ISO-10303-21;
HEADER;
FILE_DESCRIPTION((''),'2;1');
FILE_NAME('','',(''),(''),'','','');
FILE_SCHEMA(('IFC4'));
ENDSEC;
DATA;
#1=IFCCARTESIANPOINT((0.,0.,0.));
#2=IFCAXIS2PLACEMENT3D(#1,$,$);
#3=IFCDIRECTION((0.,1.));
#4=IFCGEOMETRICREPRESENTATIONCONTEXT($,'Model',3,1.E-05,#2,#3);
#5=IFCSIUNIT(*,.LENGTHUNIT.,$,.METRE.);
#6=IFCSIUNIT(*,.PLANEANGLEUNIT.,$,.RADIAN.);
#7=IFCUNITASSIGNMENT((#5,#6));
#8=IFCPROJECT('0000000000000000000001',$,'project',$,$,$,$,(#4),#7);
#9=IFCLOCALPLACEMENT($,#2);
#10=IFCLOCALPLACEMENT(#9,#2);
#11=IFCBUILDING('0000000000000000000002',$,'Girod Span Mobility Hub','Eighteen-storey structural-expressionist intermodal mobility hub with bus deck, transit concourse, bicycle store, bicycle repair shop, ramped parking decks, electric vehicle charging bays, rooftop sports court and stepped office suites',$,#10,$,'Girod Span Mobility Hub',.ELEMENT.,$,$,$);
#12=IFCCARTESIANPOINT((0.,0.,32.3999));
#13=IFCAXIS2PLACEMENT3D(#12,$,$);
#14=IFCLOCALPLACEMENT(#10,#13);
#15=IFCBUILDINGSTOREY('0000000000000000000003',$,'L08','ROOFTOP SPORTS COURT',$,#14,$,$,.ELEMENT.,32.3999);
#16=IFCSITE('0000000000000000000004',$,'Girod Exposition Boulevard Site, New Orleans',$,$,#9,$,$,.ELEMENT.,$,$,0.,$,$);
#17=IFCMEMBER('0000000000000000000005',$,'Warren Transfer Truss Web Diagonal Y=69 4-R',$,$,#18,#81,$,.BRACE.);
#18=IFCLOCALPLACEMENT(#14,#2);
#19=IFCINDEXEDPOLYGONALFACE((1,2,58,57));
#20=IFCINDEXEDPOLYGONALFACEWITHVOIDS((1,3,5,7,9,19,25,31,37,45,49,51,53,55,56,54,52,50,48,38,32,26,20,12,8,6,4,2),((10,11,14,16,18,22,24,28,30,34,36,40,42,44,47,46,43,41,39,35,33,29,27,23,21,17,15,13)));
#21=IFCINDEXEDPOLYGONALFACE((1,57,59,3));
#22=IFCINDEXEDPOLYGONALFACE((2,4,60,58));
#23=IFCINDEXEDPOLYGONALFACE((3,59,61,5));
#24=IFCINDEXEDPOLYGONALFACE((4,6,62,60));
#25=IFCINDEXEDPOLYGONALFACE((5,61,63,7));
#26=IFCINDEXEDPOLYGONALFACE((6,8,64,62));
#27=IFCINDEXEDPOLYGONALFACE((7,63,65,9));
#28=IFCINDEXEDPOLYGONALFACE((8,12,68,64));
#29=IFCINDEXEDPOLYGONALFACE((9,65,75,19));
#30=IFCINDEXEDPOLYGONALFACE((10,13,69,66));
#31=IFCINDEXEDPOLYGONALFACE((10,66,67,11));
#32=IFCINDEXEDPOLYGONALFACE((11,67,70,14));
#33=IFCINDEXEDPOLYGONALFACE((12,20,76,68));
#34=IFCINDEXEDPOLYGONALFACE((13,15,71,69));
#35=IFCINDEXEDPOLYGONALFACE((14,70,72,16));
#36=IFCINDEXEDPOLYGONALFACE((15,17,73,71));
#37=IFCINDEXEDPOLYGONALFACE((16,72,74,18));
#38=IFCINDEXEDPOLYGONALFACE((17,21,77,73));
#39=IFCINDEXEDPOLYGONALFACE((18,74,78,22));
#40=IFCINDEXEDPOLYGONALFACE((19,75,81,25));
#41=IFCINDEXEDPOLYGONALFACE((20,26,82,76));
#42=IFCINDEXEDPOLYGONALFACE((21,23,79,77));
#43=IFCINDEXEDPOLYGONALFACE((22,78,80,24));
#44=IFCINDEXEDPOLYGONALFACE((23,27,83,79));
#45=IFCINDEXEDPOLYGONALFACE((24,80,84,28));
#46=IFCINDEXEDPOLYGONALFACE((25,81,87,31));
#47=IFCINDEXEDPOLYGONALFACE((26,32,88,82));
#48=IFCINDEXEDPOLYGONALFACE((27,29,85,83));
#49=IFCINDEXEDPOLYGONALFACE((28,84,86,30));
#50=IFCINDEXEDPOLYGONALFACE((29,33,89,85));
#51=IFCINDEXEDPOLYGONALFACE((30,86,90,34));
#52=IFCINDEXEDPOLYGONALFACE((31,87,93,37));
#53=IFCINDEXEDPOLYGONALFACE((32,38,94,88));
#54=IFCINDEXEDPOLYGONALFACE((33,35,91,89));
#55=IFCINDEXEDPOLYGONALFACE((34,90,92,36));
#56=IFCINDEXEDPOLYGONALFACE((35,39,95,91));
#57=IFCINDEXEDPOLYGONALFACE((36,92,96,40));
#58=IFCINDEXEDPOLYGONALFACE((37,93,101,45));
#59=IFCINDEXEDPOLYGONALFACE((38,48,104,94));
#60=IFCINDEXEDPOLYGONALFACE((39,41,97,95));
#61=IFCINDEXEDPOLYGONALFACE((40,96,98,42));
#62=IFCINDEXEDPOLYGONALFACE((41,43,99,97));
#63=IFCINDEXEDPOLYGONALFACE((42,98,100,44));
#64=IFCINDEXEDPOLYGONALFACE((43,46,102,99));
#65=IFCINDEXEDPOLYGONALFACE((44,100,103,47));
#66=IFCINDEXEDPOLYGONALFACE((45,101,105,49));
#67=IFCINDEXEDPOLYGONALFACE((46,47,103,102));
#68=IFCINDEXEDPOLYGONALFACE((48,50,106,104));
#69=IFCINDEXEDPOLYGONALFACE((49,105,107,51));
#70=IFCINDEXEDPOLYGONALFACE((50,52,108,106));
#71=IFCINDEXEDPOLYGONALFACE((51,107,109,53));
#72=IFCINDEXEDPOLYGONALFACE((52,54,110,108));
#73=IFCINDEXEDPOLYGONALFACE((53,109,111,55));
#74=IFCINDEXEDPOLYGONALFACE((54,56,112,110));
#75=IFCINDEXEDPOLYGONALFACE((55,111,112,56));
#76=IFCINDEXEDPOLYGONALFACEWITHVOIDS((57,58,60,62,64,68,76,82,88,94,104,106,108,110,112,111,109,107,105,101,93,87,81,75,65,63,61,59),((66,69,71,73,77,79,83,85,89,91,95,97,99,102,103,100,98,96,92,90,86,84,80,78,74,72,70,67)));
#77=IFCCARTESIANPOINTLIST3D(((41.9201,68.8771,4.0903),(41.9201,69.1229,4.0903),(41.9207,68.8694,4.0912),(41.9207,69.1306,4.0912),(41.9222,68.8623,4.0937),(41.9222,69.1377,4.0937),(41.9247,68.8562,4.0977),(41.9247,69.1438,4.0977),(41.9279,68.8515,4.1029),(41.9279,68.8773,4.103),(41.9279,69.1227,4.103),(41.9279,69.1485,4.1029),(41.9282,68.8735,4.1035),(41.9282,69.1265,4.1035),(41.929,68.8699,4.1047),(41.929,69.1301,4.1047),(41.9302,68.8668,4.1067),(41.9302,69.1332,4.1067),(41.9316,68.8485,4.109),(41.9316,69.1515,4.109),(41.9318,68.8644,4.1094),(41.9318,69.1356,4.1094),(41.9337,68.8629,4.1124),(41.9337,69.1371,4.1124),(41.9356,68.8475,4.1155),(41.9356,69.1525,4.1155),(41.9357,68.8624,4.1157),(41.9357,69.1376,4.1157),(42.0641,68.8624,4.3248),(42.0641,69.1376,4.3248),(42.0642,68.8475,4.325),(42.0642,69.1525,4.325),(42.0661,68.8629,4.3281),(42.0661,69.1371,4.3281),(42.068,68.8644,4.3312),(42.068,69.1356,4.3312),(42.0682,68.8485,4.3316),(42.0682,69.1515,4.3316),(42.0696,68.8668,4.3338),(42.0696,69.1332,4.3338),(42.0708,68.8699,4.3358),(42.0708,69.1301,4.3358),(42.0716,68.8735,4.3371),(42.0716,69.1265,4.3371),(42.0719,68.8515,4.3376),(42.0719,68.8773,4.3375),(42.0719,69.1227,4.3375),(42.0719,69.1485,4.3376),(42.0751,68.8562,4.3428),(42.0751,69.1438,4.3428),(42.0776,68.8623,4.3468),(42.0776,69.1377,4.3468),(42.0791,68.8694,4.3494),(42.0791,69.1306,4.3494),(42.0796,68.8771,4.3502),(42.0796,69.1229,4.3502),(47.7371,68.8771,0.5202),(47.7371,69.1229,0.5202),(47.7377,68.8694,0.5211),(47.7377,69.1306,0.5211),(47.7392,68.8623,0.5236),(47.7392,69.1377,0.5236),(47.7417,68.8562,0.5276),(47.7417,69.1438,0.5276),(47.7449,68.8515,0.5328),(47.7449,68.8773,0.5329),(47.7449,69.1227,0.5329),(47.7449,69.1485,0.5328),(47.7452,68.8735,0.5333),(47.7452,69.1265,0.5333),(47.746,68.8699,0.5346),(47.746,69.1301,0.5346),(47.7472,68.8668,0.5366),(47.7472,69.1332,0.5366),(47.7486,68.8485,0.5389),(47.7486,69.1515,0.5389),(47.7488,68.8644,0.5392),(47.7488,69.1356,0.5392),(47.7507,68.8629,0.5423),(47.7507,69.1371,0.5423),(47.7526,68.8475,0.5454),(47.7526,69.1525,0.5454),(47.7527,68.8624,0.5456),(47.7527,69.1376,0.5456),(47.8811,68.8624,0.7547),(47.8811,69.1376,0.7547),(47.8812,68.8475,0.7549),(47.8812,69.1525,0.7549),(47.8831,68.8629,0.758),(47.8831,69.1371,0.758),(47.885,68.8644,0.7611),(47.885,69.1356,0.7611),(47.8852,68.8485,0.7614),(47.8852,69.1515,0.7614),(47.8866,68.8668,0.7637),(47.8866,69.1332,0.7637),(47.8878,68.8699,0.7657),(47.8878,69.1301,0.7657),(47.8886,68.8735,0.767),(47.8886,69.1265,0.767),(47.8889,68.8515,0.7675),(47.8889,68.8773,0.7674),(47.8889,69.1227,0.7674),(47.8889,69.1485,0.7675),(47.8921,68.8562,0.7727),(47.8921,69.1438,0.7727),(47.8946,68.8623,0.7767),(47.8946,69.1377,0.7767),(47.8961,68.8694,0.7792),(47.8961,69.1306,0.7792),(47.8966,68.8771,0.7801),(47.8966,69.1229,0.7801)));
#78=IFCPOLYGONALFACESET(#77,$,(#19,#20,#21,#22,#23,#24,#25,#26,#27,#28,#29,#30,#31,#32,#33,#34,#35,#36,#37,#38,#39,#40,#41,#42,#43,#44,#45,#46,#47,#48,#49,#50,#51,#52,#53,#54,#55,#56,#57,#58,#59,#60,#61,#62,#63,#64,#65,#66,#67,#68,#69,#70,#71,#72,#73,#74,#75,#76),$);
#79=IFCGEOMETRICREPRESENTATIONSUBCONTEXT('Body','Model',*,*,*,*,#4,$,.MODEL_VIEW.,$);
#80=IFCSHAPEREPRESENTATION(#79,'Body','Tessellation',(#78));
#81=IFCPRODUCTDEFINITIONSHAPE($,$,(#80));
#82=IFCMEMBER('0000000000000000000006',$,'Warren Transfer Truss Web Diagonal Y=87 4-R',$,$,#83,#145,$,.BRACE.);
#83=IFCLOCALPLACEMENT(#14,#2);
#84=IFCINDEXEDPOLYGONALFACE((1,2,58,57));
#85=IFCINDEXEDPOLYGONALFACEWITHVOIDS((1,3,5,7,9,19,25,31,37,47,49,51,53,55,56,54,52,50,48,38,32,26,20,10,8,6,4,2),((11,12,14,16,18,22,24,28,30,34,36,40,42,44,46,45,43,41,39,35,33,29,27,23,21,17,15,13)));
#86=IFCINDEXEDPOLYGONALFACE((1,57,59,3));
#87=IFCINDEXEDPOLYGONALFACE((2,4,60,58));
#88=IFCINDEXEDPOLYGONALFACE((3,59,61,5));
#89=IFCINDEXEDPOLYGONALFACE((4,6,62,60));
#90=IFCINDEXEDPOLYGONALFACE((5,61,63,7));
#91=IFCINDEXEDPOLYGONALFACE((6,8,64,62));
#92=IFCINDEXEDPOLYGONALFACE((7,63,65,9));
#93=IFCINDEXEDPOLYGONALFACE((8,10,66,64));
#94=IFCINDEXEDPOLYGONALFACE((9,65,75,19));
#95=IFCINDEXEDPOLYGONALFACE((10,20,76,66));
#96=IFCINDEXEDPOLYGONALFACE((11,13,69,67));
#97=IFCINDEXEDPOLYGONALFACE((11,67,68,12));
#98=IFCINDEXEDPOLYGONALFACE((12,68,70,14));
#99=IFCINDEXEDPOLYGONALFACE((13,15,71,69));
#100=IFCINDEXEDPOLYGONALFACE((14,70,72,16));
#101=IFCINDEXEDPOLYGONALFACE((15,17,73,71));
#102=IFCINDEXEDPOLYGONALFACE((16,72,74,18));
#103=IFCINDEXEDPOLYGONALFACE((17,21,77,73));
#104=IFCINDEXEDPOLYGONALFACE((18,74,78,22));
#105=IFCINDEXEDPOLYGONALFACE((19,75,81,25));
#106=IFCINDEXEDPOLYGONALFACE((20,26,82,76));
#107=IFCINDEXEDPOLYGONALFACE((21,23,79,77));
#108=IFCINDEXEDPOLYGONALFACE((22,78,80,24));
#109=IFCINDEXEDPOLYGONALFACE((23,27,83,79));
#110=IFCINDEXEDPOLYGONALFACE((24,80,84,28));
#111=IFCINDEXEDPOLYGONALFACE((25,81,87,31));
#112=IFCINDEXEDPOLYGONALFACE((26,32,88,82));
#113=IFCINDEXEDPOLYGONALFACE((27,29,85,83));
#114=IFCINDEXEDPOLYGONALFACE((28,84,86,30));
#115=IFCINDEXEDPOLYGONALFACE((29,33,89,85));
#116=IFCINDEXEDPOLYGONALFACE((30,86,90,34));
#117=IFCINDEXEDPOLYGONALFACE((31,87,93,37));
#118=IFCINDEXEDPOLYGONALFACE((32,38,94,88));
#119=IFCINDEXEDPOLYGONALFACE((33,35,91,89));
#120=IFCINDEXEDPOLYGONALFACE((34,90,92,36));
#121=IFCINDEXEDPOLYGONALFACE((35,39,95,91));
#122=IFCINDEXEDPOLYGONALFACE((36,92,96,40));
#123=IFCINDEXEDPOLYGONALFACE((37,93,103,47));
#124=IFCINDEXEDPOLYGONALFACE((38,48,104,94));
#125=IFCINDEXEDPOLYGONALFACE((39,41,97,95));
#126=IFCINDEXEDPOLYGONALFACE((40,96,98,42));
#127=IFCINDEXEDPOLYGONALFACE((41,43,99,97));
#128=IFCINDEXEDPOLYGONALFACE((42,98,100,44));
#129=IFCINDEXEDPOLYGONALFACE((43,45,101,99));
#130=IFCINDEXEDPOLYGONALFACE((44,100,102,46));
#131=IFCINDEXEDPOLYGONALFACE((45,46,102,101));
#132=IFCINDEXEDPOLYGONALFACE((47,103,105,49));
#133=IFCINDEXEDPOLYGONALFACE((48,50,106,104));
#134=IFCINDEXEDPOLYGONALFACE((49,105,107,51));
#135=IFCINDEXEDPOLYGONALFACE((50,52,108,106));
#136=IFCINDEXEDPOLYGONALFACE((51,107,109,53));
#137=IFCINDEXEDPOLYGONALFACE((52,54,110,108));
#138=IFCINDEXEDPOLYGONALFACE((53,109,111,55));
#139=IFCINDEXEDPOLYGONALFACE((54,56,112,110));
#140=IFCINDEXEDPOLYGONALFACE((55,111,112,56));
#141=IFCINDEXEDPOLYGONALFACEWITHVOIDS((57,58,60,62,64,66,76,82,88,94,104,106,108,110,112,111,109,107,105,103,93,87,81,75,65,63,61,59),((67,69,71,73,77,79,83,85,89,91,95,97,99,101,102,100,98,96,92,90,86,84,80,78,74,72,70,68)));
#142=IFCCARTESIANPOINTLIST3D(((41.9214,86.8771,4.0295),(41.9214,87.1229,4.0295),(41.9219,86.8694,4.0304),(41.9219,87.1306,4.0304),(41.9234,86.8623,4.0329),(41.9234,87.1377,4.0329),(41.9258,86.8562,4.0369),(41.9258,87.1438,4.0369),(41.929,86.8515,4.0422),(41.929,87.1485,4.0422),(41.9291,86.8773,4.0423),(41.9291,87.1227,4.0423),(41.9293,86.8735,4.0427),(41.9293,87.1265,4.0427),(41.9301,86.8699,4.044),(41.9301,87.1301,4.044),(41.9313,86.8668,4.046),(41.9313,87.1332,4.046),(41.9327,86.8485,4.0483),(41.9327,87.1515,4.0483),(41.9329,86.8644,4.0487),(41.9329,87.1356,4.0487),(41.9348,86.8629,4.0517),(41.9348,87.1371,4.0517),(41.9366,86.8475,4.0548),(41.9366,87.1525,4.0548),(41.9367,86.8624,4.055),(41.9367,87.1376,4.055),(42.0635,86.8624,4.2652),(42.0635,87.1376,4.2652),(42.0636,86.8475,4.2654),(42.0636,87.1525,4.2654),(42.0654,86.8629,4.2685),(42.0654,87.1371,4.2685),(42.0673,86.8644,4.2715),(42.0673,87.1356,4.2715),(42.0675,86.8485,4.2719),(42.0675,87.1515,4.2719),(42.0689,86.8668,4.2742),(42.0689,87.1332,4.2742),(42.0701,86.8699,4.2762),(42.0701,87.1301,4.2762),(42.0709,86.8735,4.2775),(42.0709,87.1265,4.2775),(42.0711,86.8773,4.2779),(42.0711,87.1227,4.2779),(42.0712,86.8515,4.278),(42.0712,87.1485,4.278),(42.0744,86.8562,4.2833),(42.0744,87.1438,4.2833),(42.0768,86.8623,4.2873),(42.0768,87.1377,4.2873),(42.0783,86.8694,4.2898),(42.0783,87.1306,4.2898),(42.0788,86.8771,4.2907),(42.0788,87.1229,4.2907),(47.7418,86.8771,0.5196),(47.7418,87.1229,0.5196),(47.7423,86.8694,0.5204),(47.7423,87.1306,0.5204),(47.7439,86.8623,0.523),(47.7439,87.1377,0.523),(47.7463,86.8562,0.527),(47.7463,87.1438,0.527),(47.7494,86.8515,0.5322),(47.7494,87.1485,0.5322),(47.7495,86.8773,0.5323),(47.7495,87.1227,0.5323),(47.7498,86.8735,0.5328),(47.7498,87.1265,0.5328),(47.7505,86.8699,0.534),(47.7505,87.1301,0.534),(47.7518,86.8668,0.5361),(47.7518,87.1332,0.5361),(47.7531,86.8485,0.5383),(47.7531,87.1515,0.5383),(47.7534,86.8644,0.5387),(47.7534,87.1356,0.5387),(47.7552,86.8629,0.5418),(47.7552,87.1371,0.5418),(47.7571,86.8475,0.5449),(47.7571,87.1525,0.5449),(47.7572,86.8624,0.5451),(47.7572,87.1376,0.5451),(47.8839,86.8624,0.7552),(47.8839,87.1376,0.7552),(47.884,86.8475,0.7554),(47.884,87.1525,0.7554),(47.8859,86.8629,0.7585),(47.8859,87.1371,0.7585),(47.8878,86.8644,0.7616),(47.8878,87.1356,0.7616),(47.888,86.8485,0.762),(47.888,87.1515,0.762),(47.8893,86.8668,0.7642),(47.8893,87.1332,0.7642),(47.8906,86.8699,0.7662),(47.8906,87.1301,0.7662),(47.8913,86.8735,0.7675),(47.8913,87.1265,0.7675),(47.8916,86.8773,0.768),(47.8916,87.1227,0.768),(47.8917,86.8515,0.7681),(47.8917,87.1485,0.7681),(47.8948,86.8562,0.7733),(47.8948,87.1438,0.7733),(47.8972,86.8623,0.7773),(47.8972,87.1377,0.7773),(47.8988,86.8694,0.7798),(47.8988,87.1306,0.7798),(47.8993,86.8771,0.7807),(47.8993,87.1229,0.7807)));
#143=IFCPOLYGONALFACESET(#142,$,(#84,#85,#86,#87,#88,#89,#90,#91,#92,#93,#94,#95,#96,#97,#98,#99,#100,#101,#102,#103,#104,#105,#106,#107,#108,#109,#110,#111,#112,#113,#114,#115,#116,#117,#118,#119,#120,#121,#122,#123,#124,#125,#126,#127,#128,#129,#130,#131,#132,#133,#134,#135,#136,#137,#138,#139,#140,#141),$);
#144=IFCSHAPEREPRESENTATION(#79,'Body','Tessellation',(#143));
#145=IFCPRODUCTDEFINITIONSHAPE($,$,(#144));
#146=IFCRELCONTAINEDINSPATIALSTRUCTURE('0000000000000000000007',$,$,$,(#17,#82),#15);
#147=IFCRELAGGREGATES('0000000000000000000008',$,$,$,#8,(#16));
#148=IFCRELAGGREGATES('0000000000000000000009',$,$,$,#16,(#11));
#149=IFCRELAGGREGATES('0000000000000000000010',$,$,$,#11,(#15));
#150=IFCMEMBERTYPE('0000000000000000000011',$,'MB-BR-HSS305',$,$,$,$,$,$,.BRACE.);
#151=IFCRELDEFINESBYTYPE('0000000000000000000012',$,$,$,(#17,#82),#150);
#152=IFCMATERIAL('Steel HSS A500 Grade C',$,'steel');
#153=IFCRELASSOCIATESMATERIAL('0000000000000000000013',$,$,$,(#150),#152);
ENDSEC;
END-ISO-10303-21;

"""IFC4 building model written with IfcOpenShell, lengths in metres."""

from ifc_helpers import new_model, si_unit, direction, frame, origin, origin_2d, place, context, subcontext, project, spatial, hollow_rectangle, extrude, material, material_profile, profile_set, type_object, element, save


model = new_model("IFC4")

# Units and contexts
model_context = context("Model", 3, precision=1e-05, world=origin(), true_north=direction((0.0, 1.0)))
body_context = subcontext(model_context, "Body", "Model", "MODEL_VIEW")
ifc_project = project(units=[si_unit("LENGTHUNIT", "METRE"), si_unit("PLANEANGLEUNIT", "RADIAN")], contexts=[model_context])

# Site, building, storey
site_placement = place(None, origin())
site = spatial("IfcSite", under=ifc_project, at=site_placement, Name="Girod Exposition Boulevard Site, New Orleans", CompositionType="ELEMENT", RefElevation=0.0)
building_placement = place(site_placement, origin())
building = spatial("IfcBuilding", under=site, at=building_placement, Name="Girod Span Mobility Hub", Description="Eighteen-storey structural-expressionist intermodal mobility hub with bus deck, transit concourse, bicycle store, bicycle repair shop, ramped parking decks, electric vehicle charging bays, rooftop sports court and stepped office suites", LongName="Girod Span Mobility Hub", CompositionType="ELEMENT")
storey_placement = place(building_placement, frame((0.0, 0.0, 32.3999)))
storey = spatial("IfcBuildingStorey", under=building, at=storey_placement, Name="L08", Description="ROOFTOP SPORTS COURT", CompositionType="ELEMENT", Elevation=32.3999)

# Members
ifc_material_1 = material(Name="Steel HSS A500 Grade C", Category="steel")
ifc_material_profile_1 = material_profile(ifc_material_1, hollow_rectangle(XDim=0.3049, YDim=0.3049, WallThickness=0.0149, InnerFilletRadius=0.0149, OuterFilletRadius=0.0295, at=origin_2d()), Name="HSS305X305X16")
ifc_profile_set_1 = profile_set([ifc_material_profile_1], Name="Steel HSS A500 Grade C")
member_type_1 = type_object("IfcMemberType", Name="MB-BR-HSS305", PredefinedType="BRACE", material=ifc_profile_set_1)
member_1_placement = place(storey_placement, frame((47.8169, 69.0, 0.6501), z_axis=(-0.852283, 0.0, 0.523081), x_axis=(0.0, -1.0, 0.0)))
element("IfcMember", 1, at=member_1_placement, inside=storey, type_object=member_type_1, Name="Warren Transfer Truss Web Diagonal Y=69 4-R", PredefinedType="BRACE", context=body_context, shape_type="SweptSolid", body=[
    extrude(hollow_rectangle(XDim=0.3049, YDim=0.3049, WallThickness=0.0149, InnerFilletRadius=0.0149, OuterFilletRadius=0.0295, at=origin_2d()), origin(), (0.0, 0.0, 1.0), 6.8252),
])
for number, where, z_axis, x_axis, name in (
    (2, (47.8206, 87.0, 0.6501), (-0.856344, 0.0, 0.516407), (0.0, -1.0, 0.0), "Warren Transfer Truss Web Diagonal Y=87 4-R"),
):
    element("IfcMember", number, at=place(storey_placement, frame(where, z_axis=z_axis, x_axis=x_axis)), inside=storey, type_object=member_type_1, Name=name, PredefinedType="BRACE", context=body_context, shape_type="SweptSolid", body=[
        extrude(hollow_rectangle(XDim=0.3049, YDim=0.3049, WallThickness=0.0149, InnerFilletRadius=0.0149, OuterFilletRadius=0.0295, at=origin_2d()), origin(), (0.0, 0.0, 1.0), 6.7969),
    ])

save(model, "model.ifc")
